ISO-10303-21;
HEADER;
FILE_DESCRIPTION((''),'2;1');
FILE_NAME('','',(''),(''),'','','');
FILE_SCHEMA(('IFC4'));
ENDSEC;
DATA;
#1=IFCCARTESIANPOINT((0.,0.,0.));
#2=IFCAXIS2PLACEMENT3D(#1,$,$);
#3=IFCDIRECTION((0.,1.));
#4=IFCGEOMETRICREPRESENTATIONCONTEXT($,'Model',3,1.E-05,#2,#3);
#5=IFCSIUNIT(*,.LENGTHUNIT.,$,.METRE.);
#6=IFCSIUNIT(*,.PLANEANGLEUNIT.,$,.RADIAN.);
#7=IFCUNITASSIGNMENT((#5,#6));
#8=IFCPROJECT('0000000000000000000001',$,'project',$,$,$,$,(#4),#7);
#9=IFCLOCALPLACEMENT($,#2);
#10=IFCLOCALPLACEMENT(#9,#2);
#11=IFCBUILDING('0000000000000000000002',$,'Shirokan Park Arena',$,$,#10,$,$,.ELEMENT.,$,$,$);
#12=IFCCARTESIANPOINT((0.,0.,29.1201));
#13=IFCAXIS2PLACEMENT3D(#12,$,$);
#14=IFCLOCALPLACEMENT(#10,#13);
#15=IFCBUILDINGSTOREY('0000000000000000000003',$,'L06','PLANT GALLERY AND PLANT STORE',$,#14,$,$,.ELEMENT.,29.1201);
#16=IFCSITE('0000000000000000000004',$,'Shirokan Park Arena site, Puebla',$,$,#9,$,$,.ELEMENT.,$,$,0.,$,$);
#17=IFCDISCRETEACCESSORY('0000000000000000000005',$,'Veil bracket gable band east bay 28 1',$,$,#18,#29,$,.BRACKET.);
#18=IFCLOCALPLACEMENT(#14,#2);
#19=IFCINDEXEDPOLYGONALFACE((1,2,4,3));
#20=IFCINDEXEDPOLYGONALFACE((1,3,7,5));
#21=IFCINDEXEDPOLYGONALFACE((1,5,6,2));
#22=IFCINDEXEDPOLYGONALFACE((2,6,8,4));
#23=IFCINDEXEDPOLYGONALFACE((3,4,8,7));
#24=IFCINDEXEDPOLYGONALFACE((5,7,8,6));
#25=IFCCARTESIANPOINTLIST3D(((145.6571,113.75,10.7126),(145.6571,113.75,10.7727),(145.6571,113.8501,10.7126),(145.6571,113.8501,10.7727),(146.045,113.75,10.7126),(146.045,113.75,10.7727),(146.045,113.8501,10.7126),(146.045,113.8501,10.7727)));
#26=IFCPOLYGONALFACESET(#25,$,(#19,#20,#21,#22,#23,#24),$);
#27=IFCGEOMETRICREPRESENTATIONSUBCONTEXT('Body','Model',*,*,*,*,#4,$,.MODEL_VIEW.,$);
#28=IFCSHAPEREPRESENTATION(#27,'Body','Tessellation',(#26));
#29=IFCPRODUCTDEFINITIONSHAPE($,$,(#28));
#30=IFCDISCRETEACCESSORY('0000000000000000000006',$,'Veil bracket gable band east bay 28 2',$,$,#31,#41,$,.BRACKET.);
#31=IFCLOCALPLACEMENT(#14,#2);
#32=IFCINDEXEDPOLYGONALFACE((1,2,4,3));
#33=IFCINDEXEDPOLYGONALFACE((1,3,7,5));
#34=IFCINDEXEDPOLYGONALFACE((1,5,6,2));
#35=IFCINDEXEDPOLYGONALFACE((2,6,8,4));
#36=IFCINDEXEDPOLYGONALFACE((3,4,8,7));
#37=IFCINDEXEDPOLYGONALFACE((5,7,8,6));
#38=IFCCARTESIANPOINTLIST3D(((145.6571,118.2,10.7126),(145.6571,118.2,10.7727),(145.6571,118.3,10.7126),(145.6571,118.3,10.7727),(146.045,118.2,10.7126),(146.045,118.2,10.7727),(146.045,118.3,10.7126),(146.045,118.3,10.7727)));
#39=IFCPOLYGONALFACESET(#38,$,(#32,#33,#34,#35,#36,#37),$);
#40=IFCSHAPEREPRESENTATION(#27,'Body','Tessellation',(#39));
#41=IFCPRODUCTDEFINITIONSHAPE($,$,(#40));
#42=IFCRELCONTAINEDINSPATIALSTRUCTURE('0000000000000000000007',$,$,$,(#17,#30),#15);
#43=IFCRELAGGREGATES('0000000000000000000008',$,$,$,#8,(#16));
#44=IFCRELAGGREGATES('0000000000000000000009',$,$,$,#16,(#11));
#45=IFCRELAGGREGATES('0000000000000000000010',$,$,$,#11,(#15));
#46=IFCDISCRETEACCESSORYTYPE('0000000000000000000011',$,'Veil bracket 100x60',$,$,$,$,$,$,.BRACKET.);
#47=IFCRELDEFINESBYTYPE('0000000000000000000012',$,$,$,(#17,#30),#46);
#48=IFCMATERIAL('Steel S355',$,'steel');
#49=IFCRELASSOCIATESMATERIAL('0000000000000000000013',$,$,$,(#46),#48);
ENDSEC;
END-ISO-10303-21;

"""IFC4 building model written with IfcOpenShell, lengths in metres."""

from ifc_helpers import new_model, si_unit, direction, frame, origin, origin_2d, place, context, subcontext, project, spatial, rectangle, extrude, material, type_object, element, save


model = new_model("IFC4")

# Units and contexts
model_context = context("Model", 3, precision=1e-05, world=origin(), true_north=direction((0.0, 1.0)))
body_context = subcontext(model_context, "Body", "Model", "MODEL_VIEW")
ifc_project = project(units=[si_unit("LENGTHUNIT", "METRE"), si_unit("PLANEANGLEUNIT", "RADIAN")], contexts=[model_context])

# Site, building, storey
site_placement = place(None, origin())
site = spatial("IfcSite", under=ifc_project, at=site_placement, Name="Shirokan Park Arena site, Puebla", CompositionType="ELEMENT", RefElevation=0.0)
building_placement = place(site_placement, origin())
building = spatial("IfcBuilding", under=site, at=building_placement, Name="Shirokan Park Arena", CompositionType="ELEMENT")
storey_placement = place(building_placement, frame((0.0, 0.0, 29.1201)))
storey = spatial("IfcBuildingStorey", under=building, at=storey_placement, Name="L06", Description="PLANT GALLERY AND PLANT STORE", CompositionType="ELEMENT", Elevation=29.1201)

# Discrete accessories
ifc_material_1 = material(Name="Steel S355", Category="steel")
discrete_accessory_type = type_object("IfcDiscreteAccessoryType", Name="Veil bracket 100x60", PredefinedType="BRACKET", material=ifc_material_1)
for number, where, z_axis, x_axis, name in (
    (1, (145.8511, 113.8, 10.7126), (0.0, 0.0, 1.0), (1.0, 0.0, 0.0), "Veil bracket gable band east bay 28 1"),
    (2, (145.8511, 118.25, 10.7126), (0.0, 0.0, 1.0), (1.0, 0.0, 0.0), "Veil bracket gable band east bay 28 2"),
):
    element("IfcDiscreteAccessory", number, at=place(storey_placement, frame(where, z_axis=z_axis, x_axis=x_axis)), inside=storey, type_object=discrete_accessory_type, Name=name, PredefinedType="BRACKET", context=body_context, shape_type="SweptSolid", body=[
        extrude(rectangle(XDim=0.3879, YDim=0.1001, at=origin_2d()), origin(), (0.0, 0.0, 1.0), 0.0601),
    ])

save(model, "model.ifc")
